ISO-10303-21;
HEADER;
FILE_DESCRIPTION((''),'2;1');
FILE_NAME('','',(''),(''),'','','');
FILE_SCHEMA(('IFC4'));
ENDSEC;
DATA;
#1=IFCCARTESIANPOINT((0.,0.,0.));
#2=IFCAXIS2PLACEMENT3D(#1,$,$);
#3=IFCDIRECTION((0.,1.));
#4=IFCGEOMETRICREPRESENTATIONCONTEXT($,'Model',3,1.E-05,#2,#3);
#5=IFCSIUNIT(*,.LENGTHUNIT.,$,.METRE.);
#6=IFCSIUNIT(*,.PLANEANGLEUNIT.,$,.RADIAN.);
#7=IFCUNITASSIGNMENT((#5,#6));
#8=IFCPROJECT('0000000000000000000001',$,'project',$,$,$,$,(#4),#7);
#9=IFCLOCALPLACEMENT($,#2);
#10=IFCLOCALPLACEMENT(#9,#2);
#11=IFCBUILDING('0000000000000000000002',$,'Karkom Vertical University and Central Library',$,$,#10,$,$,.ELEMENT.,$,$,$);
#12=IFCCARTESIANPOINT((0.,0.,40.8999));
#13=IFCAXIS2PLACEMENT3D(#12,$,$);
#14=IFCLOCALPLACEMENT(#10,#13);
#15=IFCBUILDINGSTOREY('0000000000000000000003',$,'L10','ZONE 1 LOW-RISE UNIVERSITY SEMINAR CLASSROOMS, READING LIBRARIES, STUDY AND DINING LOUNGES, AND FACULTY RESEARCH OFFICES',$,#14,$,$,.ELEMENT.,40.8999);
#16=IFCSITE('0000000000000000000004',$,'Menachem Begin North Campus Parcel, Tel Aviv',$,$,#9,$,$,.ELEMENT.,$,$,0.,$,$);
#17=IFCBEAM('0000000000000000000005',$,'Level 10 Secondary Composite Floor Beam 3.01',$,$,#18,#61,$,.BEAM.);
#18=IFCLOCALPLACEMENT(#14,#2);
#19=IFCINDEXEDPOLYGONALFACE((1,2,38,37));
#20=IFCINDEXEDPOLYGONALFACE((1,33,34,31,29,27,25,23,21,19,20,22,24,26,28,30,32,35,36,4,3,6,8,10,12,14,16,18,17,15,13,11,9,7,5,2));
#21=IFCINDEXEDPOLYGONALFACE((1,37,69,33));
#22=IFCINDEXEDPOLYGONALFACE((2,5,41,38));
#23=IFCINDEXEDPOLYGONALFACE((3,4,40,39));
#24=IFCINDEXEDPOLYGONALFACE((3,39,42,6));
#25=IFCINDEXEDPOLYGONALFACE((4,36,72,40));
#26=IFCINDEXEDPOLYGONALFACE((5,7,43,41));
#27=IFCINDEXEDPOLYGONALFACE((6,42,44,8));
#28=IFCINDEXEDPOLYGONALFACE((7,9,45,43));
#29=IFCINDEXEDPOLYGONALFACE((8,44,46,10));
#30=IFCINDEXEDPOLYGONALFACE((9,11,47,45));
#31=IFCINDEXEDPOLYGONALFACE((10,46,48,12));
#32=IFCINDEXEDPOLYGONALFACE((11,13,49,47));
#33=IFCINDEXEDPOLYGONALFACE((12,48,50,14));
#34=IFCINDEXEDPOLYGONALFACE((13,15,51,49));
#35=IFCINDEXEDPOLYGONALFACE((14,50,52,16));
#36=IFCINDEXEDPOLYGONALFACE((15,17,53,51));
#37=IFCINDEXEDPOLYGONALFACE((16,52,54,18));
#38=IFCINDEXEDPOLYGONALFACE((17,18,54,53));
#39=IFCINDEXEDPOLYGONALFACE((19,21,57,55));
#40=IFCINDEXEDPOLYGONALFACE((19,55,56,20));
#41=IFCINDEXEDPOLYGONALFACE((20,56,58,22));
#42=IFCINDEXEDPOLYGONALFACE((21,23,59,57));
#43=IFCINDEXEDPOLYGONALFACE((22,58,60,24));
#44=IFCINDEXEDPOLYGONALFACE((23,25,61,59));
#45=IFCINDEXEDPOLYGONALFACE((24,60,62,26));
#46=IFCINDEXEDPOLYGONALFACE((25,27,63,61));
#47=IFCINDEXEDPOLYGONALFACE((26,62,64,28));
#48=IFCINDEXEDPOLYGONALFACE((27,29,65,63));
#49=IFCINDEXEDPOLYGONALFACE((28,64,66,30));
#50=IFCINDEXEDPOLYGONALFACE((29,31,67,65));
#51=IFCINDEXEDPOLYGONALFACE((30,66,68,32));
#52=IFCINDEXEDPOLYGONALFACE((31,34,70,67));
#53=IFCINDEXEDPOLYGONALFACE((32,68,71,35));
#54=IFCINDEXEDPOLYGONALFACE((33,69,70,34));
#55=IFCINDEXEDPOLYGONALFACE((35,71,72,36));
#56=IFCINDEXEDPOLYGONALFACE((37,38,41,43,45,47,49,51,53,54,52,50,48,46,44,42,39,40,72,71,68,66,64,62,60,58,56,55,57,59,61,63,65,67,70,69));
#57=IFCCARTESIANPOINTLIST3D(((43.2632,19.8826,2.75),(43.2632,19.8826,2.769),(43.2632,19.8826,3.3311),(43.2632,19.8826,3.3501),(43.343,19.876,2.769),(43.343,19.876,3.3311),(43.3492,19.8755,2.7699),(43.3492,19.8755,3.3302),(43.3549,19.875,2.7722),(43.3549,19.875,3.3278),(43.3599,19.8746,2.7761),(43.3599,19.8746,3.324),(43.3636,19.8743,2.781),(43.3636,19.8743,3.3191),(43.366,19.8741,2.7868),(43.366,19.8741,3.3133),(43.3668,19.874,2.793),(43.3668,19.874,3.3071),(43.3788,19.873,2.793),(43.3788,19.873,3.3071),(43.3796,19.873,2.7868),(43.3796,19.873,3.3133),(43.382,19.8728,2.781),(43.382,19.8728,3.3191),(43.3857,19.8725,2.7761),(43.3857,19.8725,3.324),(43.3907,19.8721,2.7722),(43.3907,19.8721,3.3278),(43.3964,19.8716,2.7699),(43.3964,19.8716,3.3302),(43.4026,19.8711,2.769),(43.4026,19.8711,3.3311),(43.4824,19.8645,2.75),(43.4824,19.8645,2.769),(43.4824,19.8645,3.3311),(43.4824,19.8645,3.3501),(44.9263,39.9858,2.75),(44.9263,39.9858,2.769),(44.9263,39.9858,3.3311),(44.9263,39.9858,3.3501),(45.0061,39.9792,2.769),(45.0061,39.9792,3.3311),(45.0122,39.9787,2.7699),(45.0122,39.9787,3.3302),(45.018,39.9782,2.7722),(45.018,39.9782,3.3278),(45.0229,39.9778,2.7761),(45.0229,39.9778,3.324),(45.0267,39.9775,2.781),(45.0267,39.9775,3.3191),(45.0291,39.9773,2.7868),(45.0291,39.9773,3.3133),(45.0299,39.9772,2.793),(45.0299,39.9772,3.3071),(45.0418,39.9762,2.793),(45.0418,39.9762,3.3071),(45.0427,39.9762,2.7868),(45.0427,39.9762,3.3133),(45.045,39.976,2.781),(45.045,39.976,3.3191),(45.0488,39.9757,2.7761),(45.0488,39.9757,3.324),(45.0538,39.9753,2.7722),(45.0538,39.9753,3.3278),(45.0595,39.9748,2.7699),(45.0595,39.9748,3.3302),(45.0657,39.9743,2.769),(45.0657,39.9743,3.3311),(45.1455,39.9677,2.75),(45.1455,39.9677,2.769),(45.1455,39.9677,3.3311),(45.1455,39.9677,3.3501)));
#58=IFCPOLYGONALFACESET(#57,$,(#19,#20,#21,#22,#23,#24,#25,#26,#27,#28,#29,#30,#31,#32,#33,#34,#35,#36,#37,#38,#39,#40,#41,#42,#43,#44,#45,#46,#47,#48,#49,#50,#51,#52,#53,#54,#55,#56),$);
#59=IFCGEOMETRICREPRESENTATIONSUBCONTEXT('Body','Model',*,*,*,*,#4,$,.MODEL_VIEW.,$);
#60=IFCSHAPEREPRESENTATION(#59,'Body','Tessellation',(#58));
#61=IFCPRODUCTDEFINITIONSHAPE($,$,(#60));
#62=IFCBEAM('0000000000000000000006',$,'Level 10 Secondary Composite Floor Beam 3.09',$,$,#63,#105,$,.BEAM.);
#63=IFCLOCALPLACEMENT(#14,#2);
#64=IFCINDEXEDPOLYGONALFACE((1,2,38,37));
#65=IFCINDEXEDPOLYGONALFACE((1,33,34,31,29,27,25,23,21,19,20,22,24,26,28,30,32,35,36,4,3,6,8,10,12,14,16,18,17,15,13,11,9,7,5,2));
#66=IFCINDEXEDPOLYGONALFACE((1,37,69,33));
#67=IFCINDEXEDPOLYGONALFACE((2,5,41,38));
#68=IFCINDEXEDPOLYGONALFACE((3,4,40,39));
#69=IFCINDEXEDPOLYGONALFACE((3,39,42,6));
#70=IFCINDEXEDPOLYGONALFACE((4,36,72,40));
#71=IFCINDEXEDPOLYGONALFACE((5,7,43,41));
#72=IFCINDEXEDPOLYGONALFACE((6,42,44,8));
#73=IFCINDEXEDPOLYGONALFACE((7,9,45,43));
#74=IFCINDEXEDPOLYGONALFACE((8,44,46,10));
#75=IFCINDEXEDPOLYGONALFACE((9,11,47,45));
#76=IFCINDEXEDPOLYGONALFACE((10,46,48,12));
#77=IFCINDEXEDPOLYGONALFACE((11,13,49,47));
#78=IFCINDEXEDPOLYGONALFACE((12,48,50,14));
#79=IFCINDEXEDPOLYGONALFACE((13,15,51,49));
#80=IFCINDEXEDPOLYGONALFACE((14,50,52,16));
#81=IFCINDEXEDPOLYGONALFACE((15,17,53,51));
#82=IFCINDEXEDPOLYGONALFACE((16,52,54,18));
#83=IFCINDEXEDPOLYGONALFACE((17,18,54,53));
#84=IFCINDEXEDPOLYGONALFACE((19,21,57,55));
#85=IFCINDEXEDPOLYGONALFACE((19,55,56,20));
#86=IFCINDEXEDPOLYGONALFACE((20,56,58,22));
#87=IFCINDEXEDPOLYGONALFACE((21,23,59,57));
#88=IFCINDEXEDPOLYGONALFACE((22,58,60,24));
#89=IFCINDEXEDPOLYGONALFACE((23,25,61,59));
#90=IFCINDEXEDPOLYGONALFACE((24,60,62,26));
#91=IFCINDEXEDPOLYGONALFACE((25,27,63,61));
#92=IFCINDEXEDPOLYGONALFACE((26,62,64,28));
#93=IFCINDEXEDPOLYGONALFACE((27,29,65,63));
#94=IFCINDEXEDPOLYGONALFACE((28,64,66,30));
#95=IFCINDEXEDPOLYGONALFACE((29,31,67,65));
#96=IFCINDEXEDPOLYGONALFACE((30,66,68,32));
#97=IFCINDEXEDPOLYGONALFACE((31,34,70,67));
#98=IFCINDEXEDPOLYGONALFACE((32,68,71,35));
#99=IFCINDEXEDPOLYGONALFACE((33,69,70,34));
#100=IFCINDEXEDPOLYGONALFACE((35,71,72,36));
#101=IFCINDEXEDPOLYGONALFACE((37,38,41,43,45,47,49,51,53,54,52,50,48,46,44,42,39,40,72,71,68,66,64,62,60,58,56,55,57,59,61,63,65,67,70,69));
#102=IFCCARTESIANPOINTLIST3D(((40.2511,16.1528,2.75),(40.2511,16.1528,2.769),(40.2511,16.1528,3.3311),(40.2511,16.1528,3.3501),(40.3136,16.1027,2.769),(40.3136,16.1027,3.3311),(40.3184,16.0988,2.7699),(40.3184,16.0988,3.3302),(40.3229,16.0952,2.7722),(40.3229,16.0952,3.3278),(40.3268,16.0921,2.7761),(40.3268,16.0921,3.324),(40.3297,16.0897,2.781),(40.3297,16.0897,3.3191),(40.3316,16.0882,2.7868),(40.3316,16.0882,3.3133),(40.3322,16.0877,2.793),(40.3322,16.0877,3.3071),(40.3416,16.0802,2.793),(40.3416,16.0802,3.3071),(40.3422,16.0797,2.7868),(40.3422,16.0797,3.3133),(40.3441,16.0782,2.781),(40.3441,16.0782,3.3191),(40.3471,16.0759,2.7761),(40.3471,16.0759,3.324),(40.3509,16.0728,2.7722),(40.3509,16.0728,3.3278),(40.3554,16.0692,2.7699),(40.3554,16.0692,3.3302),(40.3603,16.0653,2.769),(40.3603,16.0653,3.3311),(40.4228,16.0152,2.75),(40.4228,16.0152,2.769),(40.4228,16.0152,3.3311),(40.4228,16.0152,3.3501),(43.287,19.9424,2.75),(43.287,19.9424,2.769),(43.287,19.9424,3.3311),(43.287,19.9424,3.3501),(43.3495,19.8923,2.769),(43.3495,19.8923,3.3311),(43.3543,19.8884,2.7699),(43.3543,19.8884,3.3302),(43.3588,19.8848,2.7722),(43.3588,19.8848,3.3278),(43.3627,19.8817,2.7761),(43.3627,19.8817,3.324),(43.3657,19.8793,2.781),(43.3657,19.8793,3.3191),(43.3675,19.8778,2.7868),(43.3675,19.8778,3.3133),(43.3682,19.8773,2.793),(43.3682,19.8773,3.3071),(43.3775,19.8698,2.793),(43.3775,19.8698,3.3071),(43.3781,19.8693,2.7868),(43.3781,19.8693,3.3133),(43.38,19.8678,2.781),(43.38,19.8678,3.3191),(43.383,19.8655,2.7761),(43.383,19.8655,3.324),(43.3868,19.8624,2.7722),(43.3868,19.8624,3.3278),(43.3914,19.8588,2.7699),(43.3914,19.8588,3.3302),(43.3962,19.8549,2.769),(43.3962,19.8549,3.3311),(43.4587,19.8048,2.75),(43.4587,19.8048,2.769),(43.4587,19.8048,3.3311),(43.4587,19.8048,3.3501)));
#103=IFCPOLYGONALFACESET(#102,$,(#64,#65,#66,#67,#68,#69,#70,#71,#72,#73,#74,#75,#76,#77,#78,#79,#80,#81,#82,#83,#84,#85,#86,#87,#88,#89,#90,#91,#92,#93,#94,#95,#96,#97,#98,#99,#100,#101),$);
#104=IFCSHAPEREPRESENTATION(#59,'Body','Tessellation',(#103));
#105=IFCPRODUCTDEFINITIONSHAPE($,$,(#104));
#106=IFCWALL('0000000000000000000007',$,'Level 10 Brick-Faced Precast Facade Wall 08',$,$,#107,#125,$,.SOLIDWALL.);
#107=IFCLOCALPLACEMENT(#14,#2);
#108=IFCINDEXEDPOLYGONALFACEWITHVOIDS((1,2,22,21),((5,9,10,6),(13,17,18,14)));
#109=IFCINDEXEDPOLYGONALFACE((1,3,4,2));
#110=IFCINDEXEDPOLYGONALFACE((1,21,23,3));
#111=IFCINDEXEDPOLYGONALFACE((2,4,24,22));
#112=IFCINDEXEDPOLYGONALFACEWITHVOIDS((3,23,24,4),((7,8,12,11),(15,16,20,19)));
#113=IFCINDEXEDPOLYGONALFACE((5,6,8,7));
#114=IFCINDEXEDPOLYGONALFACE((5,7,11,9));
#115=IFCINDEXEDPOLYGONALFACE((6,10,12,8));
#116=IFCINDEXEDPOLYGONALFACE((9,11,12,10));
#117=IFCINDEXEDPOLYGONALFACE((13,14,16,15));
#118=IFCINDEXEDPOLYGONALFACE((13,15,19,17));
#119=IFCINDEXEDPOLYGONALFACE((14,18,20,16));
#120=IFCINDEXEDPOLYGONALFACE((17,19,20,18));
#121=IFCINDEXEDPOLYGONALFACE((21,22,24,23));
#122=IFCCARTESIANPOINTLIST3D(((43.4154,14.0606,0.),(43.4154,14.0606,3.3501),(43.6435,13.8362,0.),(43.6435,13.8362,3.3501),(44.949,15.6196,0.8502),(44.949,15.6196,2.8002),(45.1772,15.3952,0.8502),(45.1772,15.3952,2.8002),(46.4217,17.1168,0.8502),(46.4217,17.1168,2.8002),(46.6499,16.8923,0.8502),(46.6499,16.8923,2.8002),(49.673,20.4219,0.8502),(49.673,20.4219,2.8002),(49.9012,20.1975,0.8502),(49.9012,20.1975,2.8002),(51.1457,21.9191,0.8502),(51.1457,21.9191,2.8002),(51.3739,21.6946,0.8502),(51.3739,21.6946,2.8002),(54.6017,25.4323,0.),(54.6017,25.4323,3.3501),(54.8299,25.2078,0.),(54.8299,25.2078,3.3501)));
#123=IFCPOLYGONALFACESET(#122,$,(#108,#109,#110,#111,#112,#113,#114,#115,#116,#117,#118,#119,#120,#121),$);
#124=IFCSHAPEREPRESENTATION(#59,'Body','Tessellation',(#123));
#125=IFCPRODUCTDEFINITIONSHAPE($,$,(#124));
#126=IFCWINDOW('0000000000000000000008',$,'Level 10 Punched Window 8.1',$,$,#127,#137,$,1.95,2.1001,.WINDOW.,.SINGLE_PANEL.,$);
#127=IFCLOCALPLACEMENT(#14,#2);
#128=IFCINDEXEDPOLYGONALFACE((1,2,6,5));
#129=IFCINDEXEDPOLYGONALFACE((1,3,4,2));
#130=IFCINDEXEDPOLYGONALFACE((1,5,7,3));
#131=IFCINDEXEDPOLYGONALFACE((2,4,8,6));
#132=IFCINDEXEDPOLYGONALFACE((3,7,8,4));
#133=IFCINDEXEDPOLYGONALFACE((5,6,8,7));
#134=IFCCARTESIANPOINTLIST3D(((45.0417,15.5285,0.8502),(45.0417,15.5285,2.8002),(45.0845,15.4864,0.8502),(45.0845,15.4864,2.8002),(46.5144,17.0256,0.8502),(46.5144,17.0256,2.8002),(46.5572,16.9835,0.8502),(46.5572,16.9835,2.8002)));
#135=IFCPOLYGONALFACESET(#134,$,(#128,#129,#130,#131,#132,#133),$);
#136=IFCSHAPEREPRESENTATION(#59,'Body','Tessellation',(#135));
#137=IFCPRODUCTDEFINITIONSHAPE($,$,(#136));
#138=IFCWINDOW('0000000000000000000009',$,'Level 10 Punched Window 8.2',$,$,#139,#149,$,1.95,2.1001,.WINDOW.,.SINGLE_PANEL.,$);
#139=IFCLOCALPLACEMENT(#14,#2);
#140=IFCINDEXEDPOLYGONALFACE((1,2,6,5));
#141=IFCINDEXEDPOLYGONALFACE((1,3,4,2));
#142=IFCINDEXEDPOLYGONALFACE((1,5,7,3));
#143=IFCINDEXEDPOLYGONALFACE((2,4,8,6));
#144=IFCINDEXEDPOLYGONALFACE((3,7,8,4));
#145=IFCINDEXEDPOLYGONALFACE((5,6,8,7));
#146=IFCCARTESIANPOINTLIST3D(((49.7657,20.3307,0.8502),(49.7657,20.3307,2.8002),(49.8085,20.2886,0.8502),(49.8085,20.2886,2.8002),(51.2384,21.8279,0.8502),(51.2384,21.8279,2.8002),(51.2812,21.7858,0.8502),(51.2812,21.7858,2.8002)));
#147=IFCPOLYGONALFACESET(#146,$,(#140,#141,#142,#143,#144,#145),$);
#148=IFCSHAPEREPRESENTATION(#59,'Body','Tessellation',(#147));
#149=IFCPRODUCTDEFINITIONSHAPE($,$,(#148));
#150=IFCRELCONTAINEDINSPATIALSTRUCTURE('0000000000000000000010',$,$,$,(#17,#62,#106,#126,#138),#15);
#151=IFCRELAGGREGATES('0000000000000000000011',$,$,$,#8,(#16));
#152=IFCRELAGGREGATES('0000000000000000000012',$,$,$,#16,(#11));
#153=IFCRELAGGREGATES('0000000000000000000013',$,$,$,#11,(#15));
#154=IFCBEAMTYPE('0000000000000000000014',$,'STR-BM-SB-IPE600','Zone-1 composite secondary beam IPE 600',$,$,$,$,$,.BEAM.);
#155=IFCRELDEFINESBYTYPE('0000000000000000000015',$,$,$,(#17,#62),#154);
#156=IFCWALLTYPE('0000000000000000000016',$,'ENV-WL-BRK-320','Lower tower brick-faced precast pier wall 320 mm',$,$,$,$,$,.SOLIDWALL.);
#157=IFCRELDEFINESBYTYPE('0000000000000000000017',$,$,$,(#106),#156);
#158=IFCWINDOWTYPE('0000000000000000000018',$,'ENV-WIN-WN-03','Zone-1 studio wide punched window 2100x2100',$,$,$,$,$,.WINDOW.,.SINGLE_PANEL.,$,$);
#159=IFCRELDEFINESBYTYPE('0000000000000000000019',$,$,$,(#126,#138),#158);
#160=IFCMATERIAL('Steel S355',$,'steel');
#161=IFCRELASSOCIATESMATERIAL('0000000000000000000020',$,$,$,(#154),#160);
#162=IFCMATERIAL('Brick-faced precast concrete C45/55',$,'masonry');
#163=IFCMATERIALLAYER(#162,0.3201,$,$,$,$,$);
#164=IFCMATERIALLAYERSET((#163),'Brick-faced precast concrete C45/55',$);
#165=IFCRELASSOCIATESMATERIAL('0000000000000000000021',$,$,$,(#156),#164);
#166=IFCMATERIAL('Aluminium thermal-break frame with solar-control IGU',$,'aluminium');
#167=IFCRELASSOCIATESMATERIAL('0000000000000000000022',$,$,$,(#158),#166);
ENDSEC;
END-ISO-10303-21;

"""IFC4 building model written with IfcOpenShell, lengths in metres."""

from ifc_helpers import new_model, si_unit, direction, frame, frame_2d, origin, origin_with_axes, origin_2d, place, context, subcontext, project, spatial, rectangle, i_section, extrude, source, transform, mapped, material, layer, layer_set, material_profile, profile_set, type_object, element, fill, save


model = new_model("IFC4")

# Units and contexts
model_context = context("Model", 3, precision=1e-05, world=origin(), true_north=direction((0.0, 1.0)))
body_context = subcontext(model_context, "Body", "Model", "MODEL_VIEW")
ifc_project = project(units=[si_unit("LENGTHUNIT", "METRE"), si_unit("PLANEANGLEUNIT", "RADIAN")], contexts=[model_context])

# Site, building, storey
site_placement = place(None, origin())
site = spatial("IfcSite", under=ifc_project, at=site_placement, Name="Menachem Begin North Campus Parcel, Tel Aviv", CompositionType="ELEMENT", RefElevation=0.0)
building_placement = place(site_placement, origin())
building = spatial("IfcBuilding", under=site, at=building_placement, Name="Karkom Vertical University and Central Library", CompositionType="ELEMENT")
storey_placement = place(building_placement, frame((0.0, 0.0, 40.8999)))
storey = spatial("IfcBuildingStorey", under=building, at=storey_placement, Name="L10", Description="ZONE 1 LOW-RISE UNIVERSITY SEMINAR CLASSROOMS, READING LIBRARIES, STUDY AND DINING LOUNGES, AND FACULTY RESEARCH OFFICES", CompositionType="ELEMENT", Elevation=40.8999)

# Beams
ifc_material_1 = material(Name="Steel S355", Category="steel")
ifc_material_profile_1 = material_profile(ifc_material_1, i_section(OverallWidth=0.22, OverallDepth=0.6001, WebThickness=0.012, FlangeThickness=0.019, FilletRadius=0.0239, at=origin_2d()), Name="IPE 600")
ifc_profile_set_1 = profile_set([ifc_material_profile_1], Name="Steel S355")
beam_type_1 = type_object("IfcBeamType", Name="STR-BM-SB-IPE600", Description="Zone-1 composite secondary beam IPE 600", PredefinedType="BEAM", material=ifc_profile_set_1)
shared_shape_1 = source(origin_with_axes(), body_context, "Body", "SweptSolid", [
    extrude(i_section(OverallWidth=0.22, OverallDepth=0.6001, WebThickness=0.012, FlangeThickness=0.019, FilletRadius=0.0239, at=origin_2d()), origin(), (0.0, 0.0, 1.0), 20.1719),
])
beam_1_placement = place(storey_placement, frame((43.3728, 19.8735, 3.05), z_axis=(0.082445, 0.996596, 0.0), x_axis=(-0.996596, 0.082445, 0.0)))
element("IfcBeam", 1, at=beam_1_placement, inside=storey, type_object=beam_type_1, Name="Level 10 Secondary Composite Floor Beam 3.01", PredefinedType="BEAM", context=body_context, shape_type="MappedRepresentation", body=[
    mapped(shared_shape_1, transform((0.0, 0.0, 0.0), scale=1.0)),
])
shared_shape_2 = source(origin_with_axes(), body_context, "Body", "SweptSolid", [
    extrude(i_section(OverallWidth=0.22, OverallDepth=0.6001, WebThickness=0.012, FlangeThickness=0.019, FilletRadius=0.0239, at=origin_2d()), origin(), (0.0, 0.0, 1.0), 4.8557),
])
beam_2_placement = place(storey_placement, frame((40.3369, 16.084, 3.05), z_axis=(0.625228, 0.780442, 0.0), x_axis=(-0.780442, 0.625228, 0.0)))
element("IfcBeam", 2, at=beam_2_placement, inside=storey, type_object=beam_type_1, Name="Level 10 Secondary Composite Floor Beam 3.09", PredefinedType="BEAM", context=body_context, shape_type="MappedRepresentation", body=[
    mapped(shared_shape_2, transform((0.0, 0.0, 0.0), scale=1.0)),
])

# Wall, openings, windows
ifc_material_2 = material(Name="Brick-faced precast concrete C45/55", Category="masonry")
ifc_layer_1 = layer(ifc_material_2, 0.3201)
ifc_layer_set_1 = layer_set([ifc_layer_1], Name="Brick-faced precast concrete C45/55")
wall_type_1 = type_object("IfcWallType", Name="ENV-WL-BRK-320", Description="Lower tower brick-faced precast pier wall 320 mm", PredefinedType="SOLIDWALL", material=ifc_layer_set_1)
wall_1_placement = place(storey_placement, frame((43.5295, 13.9485, 0.0), z_axis=(0.0, 0.0, 1.0), x_axis=(0.701275, 0.712891, 0.0)))
wall_1 = element("IfcWall", 3, at=wall_1_placement, inside=storey, type_object=wall_type_1, Name="Level 10 Brick-Faced Precast Facade Wall 08", PredefinedType="SOLIDWALL", context=body_context, shape_type="SweptSolid", body=[
    extrude(rectangle(XDim=15.9514, YDim=0.3201, at=frame_2d((7.9756, 0.0))), origin(), (0.0, 0.0, 1.0), 3.3501),
])
opening_1_placement = place(wall_1_placement, frame((2.1868, 0.0, 0.8501)))
opening_1 = element("IfcOpeningElement", 4, at=opening_1_placement, cuts=wall_1, PredefinedType="OPENING", context=body_context, shape_type="SweptSolid", body=[
    extrude(rectangle(XDim=2.1001, YDim=1.95, at=frame_2d((1.05, 0.9751))), frame((0.0, 0.1699, 0.0), z_axis=(0.0, -1.0, 0.0), x_axis=(1.0, 0.0, 0.0)), (0.0, 0.0, 1.0), 0.3401),
])
opening_2_placement = place(wall_1_placement, frame((8.9231, 0.0, 0.8501)))
opening_2 = element("IfcOpeningElement", 5, at=opening_2_placement, cuts=wall_1, PredefinedType="OPENING", context=body_context, shape_type="SweptSolid", body=[
    extrude(rectangle(XDim=2.1001, YDim=1.95, at=frame_2d((1.05, 0.9751))), frame((0.0, 0.1699, 0.0), z_axis=(0.0, -1.0, 0.0), x_axis=(1.0, 0.0, 0.0)), (0.0, 0.0, 1.0), 0.3401),
])
ifc_material_3 = material(Name="Aluminium thermal-break frame with solar-control IGU", Category="aluminium")
window_type = type_object("IfcWindowType", Name="ENV-WIN-WN-03", Description="Zone-1 studio wide punched window 2100x2100", PartitioningType="SINGLE_PANEL", PredefinedType="WINDOW", material=ifc_material_3)
shared_shape_3 = source(origin_with_axes(), body_context, "Body", "SweptSolid", [
    extrude(rectangle(XDim=2.1001, YDim=1.95, at=frame_2d((1.05, 0.9751))), frame((0.0, 0.03, 0.0), z_axis=(0.0, -1.0, 0.0), x_axis=(1.0, 0.0, 0.0)), (0.0, 0.0, 1.0), 0.0601),
])
window_1_placement = place(opening_1_placement, origin())
window_1 = element("IfcWindow", 6, at=window_1_placement, inside=storey, type_object=window_type, Name="Level 10 Punched Window 8.1", OverallHeight=1.95, OverallWidth=2.1001, PartitioningType="SINGLE_PANEL", PredefinedType="WINDOW", context=body_context, shape_type="MappedRepresentation", body=[
    mapped(shared_shape_3, transform((0.0, 0.0, 0.0), scale=1.0)),
])
fill(opening_1, window_1)
window_2_placement = place(opening_2_placement, origin())
window_2 = element("IfcWindow", 7, at=window_2_placement, inside=storey, type_object=window_type, Name="Level 10 Punched Window 8.2", OverallHeight=1.95, OverallWidth=2.1001, PartitioningType="SINGLE_PANEL", PredefinedType="WINDOW", context=body_context, shape_type="MappedRepresentation", body=[
    mapped(shared_shape_3, transform((0.0, 0.0, 0.0), scale=1.0)),
])
fill(opening_2, window_2)

save(model, "model.ifc")
